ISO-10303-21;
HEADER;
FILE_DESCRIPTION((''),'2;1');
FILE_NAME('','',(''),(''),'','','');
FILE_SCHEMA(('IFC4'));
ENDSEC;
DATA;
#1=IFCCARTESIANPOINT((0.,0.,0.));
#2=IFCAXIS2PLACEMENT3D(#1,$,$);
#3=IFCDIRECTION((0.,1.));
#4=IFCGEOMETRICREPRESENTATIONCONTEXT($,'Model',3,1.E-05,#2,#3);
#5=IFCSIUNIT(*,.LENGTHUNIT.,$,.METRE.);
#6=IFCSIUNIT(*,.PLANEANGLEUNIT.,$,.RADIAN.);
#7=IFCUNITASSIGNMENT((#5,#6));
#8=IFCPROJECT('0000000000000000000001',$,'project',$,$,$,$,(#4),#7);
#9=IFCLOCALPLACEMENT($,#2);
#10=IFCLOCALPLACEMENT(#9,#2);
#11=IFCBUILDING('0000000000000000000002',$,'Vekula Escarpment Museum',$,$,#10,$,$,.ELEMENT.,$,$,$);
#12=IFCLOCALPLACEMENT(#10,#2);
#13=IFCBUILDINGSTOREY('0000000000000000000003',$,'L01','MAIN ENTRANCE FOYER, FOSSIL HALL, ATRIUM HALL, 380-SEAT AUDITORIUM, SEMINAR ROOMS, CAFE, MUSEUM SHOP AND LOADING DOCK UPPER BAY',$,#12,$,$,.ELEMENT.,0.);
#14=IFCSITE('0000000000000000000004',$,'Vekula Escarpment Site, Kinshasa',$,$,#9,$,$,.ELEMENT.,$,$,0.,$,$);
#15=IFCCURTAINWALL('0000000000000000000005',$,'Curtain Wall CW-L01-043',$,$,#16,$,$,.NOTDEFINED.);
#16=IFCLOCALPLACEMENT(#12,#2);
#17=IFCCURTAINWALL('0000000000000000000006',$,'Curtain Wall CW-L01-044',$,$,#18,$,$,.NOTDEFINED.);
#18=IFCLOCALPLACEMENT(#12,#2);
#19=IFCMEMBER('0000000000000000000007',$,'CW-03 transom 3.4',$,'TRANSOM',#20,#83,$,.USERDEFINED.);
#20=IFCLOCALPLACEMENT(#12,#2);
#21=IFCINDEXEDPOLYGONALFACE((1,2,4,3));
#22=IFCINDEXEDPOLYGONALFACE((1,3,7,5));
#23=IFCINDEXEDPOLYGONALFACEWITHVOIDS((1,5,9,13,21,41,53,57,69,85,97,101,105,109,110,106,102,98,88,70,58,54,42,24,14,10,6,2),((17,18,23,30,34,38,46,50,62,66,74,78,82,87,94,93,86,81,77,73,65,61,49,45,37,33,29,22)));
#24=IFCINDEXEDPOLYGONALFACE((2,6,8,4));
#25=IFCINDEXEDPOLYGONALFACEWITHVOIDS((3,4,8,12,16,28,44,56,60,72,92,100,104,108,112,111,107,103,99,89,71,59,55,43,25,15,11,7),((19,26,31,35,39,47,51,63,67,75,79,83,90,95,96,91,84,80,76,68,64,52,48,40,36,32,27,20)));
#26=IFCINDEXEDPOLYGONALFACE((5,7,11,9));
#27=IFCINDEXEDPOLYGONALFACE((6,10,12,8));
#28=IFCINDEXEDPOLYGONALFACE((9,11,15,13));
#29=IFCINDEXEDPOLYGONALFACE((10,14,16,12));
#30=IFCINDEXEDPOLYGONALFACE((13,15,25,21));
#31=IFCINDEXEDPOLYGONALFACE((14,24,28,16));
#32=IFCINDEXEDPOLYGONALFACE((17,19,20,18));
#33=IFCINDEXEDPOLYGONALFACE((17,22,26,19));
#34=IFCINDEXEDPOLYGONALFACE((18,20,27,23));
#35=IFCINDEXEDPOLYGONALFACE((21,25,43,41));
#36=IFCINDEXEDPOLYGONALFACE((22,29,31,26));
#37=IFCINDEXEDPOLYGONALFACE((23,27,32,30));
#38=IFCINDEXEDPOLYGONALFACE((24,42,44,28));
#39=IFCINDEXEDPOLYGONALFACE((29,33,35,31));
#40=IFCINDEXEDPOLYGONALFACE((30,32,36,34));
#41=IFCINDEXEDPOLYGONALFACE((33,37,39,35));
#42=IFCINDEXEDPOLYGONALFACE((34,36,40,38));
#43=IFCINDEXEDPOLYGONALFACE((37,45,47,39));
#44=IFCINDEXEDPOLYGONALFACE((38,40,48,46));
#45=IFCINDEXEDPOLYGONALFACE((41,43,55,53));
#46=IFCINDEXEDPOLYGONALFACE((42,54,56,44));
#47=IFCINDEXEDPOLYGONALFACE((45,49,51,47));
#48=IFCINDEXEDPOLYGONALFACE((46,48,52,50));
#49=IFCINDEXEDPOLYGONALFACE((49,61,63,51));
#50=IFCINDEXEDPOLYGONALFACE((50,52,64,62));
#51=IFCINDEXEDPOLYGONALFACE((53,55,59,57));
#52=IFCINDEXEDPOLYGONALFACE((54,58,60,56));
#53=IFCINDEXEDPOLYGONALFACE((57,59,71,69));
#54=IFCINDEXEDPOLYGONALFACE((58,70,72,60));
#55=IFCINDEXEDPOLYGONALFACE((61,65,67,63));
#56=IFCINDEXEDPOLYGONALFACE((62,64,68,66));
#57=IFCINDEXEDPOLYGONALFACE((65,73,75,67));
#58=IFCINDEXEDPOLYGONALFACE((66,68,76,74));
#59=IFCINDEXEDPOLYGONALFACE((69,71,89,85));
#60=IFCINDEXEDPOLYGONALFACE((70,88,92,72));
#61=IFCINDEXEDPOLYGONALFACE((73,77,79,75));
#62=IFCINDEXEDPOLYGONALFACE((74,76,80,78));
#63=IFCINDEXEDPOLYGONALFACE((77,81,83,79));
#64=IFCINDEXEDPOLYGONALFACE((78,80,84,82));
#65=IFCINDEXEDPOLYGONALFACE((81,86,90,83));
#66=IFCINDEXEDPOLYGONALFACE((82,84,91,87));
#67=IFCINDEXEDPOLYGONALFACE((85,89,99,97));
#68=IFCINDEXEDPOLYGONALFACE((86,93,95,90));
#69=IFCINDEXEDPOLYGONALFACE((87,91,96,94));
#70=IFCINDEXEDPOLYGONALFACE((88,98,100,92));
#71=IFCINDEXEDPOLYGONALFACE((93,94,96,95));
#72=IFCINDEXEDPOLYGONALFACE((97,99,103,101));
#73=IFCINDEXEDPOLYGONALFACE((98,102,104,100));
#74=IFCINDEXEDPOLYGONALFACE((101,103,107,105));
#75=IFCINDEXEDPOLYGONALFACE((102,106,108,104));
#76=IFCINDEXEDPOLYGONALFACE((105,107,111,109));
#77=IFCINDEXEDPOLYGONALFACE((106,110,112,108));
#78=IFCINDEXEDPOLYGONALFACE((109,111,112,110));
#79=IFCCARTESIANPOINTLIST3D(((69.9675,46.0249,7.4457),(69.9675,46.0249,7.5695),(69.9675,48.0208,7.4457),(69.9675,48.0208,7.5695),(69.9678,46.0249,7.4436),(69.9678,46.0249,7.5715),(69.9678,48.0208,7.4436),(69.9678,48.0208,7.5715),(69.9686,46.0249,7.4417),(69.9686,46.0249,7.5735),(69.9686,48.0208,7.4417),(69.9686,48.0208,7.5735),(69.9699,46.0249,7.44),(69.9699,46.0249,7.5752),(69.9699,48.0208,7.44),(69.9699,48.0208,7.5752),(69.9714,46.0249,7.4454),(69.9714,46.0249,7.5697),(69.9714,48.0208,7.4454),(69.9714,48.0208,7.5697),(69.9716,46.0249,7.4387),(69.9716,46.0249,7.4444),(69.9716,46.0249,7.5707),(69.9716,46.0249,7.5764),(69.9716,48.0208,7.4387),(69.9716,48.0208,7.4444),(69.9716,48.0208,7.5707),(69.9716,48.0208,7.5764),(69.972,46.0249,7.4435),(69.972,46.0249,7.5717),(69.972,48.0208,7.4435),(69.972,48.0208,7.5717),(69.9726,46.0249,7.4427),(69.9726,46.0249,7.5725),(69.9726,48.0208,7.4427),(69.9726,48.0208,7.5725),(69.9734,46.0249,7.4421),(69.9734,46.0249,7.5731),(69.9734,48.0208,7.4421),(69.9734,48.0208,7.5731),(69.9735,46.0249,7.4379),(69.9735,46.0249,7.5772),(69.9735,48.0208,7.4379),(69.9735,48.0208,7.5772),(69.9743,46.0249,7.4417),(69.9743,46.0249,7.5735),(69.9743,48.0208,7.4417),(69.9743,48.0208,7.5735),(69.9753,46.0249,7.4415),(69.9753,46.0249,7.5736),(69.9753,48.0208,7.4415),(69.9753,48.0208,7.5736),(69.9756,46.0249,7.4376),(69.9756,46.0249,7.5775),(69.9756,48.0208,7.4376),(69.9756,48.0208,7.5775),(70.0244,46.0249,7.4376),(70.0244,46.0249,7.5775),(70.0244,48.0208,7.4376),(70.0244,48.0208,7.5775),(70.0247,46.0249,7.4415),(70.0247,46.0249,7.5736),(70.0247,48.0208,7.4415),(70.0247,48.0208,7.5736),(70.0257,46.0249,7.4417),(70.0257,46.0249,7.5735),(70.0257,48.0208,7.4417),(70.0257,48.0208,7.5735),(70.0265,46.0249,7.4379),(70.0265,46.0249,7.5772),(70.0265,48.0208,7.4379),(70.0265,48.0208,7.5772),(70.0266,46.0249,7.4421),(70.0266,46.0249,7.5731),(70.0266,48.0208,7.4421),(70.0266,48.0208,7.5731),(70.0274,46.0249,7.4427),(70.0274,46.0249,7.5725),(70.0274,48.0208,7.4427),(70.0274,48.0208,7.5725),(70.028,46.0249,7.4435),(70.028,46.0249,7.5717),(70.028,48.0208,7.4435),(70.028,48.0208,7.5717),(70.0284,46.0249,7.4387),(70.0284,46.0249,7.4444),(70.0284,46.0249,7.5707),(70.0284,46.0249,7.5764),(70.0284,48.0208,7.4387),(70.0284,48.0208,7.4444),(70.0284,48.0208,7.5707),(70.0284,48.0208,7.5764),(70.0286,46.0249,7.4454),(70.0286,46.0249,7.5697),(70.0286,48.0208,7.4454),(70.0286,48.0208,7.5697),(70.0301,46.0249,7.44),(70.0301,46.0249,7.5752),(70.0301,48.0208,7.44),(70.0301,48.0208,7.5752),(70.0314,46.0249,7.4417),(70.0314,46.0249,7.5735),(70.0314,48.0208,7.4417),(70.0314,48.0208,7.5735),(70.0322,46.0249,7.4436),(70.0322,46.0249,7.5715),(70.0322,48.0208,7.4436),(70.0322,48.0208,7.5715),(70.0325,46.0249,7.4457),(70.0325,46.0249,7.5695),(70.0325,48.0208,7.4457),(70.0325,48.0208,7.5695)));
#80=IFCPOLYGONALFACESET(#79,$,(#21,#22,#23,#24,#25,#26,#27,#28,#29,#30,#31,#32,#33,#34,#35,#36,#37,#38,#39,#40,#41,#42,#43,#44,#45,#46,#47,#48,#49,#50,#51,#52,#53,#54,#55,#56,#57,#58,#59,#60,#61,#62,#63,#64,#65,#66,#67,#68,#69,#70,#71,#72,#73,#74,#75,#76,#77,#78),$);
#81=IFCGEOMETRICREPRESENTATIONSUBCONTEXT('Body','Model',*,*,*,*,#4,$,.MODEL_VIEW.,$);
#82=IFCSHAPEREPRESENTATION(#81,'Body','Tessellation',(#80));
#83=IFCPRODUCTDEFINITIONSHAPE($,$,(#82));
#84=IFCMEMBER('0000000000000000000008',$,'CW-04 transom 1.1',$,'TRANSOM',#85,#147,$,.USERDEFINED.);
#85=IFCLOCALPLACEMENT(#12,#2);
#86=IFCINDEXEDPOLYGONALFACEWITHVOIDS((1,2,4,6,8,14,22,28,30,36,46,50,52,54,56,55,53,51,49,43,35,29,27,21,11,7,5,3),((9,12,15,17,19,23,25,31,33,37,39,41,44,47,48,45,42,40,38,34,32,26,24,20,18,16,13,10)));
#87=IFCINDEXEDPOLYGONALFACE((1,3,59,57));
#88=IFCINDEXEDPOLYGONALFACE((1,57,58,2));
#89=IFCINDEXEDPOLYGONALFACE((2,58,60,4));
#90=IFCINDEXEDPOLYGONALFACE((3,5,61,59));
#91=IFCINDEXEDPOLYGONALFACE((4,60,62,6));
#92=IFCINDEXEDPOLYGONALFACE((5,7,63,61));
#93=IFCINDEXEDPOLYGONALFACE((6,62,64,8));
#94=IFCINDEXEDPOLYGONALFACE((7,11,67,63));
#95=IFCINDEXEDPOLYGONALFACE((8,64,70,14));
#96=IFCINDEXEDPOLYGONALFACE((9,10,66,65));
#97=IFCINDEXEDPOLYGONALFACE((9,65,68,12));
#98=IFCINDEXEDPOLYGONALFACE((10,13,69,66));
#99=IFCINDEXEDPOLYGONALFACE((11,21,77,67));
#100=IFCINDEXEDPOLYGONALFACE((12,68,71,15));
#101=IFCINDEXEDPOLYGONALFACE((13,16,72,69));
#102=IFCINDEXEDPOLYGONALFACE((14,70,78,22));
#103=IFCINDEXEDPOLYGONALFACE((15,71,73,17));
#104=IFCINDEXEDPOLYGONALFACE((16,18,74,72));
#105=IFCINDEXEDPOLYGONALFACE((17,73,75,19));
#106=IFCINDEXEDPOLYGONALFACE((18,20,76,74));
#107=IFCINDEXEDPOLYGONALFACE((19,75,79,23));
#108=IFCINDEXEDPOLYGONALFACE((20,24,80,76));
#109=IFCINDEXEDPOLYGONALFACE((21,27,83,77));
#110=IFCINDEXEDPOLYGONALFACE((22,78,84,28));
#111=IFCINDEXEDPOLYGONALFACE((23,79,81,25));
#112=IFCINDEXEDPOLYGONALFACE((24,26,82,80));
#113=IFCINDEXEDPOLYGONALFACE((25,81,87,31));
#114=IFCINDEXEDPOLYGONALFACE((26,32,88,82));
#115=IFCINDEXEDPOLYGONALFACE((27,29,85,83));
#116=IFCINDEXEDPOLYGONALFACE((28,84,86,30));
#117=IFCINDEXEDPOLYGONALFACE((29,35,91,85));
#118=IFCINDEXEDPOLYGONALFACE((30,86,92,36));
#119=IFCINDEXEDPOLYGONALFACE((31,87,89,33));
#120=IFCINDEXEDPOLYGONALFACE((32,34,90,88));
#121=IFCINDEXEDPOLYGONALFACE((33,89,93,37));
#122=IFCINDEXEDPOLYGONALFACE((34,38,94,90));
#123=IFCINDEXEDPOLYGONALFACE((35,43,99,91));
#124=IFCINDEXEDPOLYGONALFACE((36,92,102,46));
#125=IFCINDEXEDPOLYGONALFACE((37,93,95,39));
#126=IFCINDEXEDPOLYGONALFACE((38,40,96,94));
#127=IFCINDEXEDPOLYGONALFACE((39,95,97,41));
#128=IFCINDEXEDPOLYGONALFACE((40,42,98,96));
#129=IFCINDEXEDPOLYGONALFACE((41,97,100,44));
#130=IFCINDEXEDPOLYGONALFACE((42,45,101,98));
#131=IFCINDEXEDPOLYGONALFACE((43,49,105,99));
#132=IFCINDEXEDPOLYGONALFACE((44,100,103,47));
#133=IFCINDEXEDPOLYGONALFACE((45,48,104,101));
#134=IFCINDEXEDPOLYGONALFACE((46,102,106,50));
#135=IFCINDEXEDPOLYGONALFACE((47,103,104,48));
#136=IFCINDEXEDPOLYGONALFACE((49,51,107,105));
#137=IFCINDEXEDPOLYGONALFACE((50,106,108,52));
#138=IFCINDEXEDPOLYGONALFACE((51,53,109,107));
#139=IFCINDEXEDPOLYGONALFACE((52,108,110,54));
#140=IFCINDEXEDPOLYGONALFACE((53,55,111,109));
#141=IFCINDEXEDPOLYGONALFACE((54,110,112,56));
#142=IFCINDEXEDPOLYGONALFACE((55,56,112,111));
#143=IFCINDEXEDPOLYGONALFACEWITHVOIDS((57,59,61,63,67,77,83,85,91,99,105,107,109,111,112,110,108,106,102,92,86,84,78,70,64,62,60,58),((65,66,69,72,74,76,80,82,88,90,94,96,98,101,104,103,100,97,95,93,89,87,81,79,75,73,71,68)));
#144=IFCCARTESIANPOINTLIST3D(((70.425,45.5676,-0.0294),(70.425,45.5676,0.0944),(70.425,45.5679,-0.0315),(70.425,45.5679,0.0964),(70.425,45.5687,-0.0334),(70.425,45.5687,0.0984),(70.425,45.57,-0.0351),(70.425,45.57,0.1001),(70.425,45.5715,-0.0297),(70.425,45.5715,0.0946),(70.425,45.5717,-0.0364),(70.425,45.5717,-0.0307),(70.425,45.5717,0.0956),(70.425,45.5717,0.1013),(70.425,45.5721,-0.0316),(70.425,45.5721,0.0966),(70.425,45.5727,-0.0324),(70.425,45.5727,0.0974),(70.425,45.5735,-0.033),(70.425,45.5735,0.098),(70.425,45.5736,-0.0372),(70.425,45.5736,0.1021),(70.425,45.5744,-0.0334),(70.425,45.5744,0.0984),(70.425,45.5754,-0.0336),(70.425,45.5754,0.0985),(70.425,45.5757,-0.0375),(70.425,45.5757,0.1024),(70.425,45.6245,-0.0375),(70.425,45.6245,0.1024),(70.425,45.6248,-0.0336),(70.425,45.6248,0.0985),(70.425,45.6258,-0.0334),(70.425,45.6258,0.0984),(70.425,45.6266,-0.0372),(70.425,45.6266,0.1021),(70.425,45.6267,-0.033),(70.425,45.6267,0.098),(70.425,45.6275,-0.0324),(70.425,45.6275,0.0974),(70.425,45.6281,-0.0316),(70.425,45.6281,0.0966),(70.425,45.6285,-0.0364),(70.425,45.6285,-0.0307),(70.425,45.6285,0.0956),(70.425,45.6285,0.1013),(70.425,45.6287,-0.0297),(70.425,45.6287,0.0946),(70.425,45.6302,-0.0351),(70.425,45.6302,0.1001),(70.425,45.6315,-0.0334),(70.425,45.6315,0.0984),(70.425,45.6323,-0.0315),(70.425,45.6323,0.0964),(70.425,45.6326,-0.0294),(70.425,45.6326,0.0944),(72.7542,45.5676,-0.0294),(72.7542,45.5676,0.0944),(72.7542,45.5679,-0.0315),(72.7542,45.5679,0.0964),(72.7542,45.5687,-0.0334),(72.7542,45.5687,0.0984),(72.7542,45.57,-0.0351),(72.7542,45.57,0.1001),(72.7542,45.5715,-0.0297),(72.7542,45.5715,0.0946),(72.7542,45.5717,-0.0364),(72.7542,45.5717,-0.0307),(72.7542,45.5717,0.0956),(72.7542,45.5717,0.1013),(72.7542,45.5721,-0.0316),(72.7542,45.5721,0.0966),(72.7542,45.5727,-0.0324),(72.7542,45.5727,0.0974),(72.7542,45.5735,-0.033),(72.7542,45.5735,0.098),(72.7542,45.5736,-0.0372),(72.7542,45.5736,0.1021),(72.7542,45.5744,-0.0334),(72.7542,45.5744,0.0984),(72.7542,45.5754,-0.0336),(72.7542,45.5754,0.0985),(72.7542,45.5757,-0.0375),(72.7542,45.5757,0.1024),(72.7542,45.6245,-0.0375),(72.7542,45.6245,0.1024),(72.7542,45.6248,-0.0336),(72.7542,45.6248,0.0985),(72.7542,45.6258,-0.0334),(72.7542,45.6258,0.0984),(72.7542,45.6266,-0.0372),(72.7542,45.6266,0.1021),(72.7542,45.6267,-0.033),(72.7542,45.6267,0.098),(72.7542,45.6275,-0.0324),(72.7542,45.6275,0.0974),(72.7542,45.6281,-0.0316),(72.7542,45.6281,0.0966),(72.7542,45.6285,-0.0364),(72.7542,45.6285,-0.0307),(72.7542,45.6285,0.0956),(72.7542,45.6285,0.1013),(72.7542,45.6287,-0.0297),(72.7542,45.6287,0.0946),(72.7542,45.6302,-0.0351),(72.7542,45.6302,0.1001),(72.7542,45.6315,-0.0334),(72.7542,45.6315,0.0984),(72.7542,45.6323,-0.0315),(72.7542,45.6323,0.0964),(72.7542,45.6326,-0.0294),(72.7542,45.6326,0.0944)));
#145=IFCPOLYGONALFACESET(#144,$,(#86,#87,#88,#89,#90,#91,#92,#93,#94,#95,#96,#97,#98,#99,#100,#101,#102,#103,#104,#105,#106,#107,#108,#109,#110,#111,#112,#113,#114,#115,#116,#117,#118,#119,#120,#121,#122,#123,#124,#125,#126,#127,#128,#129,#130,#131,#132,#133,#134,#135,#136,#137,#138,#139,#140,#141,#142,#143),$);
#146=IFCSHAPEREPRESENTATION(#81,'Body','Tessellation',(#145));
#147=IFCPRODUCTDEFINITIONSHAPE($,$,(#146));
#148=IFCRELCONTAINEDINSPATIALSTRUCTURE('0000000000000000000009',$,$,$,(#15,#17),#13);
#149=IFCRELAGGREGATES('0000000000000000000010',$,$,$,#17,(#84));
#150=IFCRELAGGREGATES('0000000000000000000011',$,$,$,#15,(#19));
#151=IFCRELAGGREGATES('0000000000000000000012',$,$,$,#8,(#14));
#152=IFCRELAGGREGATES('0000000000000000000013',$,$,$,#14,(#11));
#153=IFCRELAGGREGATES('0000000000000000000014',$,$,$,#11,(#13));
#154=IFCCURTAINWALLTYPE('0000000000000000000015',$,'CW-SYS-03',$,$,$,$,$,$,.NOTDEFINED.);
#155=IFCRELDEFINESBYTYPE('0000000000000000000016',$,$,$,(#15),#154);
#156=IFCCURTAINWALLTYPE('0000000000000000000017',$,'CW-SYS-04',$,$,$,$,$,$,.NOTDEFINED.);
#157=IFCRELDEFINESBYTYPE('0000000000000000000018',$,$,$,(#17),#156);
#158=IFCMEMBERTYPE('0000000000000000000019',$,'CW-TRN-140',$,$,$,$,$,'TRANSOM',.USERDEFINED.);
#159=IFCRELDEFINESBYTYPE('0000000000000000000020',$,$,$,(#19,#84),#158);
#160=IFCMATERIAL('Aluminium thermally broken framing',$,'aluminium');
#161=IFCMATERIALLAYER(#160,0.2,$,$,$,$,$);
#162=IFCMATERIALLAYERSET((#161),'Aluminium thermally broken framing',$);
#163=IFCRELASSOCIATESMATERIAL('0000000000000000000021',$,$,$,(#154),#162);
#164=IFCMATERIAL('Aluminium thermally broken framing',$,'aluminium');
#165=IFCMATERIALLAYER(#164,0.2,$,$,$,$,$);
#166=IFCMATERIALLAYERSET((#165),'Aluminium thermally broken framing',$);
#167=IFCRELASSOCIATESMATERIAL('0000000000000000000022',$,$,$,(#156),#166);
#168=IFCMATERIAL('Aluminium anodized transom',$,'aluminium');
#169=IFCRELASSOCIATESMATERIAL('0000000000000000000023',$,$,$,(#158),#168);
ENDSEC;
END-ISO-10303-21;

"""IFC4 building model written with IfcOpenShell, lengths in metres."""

from ifc_helpers import new_model, si_unit, direction, frame, origin, origin_2d, place, context, subcontext, project, spatial, hollow_rectangle, extrude, material, layer, layer_set, material_profile, profile_set, type_object, element, aggregate, save


model = new_model("IFC4")

# Units and contexts
model_context = context("Model", 3, precision=1e-05, world=origin(), true_north=direction((0.0, 1.0)))
body_context = subcontext(model_context, "Body", "Model", "MODEL_VIEW")
ifc_project = project(units=[si_unit("LENGTHUNIT", "METRE"), si_unit("PLANEANGLEUNIT", "RADIAN")], contexts=[model_context])

# Site, building, storey
site_placement = place(None, origin())
site = spatial("IfcSite", under=ifc_project, at=site_placement, Name="Vekula Escarpment Site, Kinshasa", CompositionType="ELEMENT", RefElevation=0.0)
building_placement = place(site_placement, origin())
building = spatial("IfcBuilding", under=site, at=building_placement, Name="Vekula Escarpment Museum", CompositionType="ELEMENT")
storey_placement = place(building_placement, origin())
storey = spatial("IfcBuildingStorey", under=building, at=storey_placement, Name="L01", Description="MAIN ENTRANCE FOYER, FOSSIL HALL, ATRIUM HALL, 380-SEAT AUDITORIUM, SEMINAR ROOMS, CAFE, MUSEUM SHOP AND LOADING DOCK UPPER BAY", CompositionType="ELEMENT", Elevation=0.0)

# Curtain wall
ifc_material_1 = material(Name="Aluminium thermally broken framing", Category="aluminium")
ifc_layer_1 = layer(ifc_material_1, 0.2)
ifc_layer_set_1 = layer_set([ifc_layer_1], Name="Aluminium thermally broken framing")
curtain_wall_type_1 = type_object("IfcCurtainWallType", Name="CW-SYS-03", PredefinedType="NOTDEFINED", material=ifc_layer_set_1)
curtain_wall_1_placement = place(storey_placement, origin())
curtain_wall_1 = element("IfcCurtainWall", 1, at=curtain_wall_1_placement, inside=storey, type_object=curtain_wall_type_1, Name="Curtain Wall CW-L01-043", PredefinedType="NOTDEFINED")

# Curtain wall
ifc_material_2 = material(Name="Aluminium thermally broken framing", Category="aluminium")
ifc_layer_2 = layer(ifc_material_2, 0.2)
ifc_layer_set_2 = layer_set([ifc_layer_2], Name="Aluminium thermally broken framing")
curtain_wall_type_2 = type_object("IfcCurtainWallType", Name="CW-SYS-04", PredefinedType="NOTDEFINED", material=ifc_layer_set_2)
curtain_wall_2_placement = place(storey_placement, origin())
curtain_wall_2 = element("IfcCurtainWall", 2, at=curtain_wall_2_placement, inside=storey, type_object=curtain_wall_type_2, Name="Curtain Wall CW-L01-044", PredefinedType="NOTDEFINED")

# Members
ifc_material_3 = material(Name="Aluminium anodized transom", Category="aluminium")
ifc_material_profile_1 = material_profile(ifc_material_3, hollow_rectangle(XDim=0.0649, YDim=0.1399, WallThickness=0.0039, InnerFilletRadius=0.0039, OuterFilletRadius=0.0081, at=origin_2d()), Name="ALU 140x65x4")
ifc_profile_set_1 = profile_set([ifc_material_profile_1], Name="Aluminium anodized transom")
member_type_1 = type_object("IfcMemberType", Name="CW-TRN-140", ElementType="TRANSOM", PredefinedType="USERDEFINED", material=ifc_profile_set_1)
member_1_placement = place(storey_placement, frame((70.0, 48.0208, 7.5076), z_axis=(0.0, -1.0, 0.0), x_axis=(1.0, 0.0, 0.0)))
member_1 = element("IfcMember", 3, at=member_1_placement, type_object=member_type_1, Name="CW-03 transom 3.4", ObjectType="TRANSOM", PredefinedType="USERDEFINED", context=body_context, shape_type="SweptSolid", body=[
    extrude(hollow_rectangle(XDim=0.0649, YDim=0.1399, WallThickness=0.0039, InnerFilletRadius=0.0039, OuterFilletRadius=0.0081, at=origin_2d()), origin(), (0.0, 0.0, 1.0), 1.9958),
])
member_2_placement = place(storey_placement, frame((70.425, 45.6001, 0.0325), z_axis=(1.0, 0.0, 0.0), x_axis=(0.0, 1.0, 0.0)))
member_2 = element("IfcMember", 4, at=member_2_placement, type_object=member_type_1, Name="CW-04 transom 1.1", ObjectType="TRANSOM", PredefinedType="USERDEFINED", context=body_context, shape_type="SweptSolid", body=[
    extrude(hollow_rectangle(XDim=0.0649, YDim=0.1399, WallThickness=0.0039, InnerFilletRadius=0.0039, OuterFilletRadius=0.0081, at=origin_2d()), origin(), (0.0, 0.0, 1.0), 2.3291),
])
aggregate(curtain_wall_2, [member_2])

aggregate(curtain_wall_1, [member_1])

save(model, "model.ifc")
